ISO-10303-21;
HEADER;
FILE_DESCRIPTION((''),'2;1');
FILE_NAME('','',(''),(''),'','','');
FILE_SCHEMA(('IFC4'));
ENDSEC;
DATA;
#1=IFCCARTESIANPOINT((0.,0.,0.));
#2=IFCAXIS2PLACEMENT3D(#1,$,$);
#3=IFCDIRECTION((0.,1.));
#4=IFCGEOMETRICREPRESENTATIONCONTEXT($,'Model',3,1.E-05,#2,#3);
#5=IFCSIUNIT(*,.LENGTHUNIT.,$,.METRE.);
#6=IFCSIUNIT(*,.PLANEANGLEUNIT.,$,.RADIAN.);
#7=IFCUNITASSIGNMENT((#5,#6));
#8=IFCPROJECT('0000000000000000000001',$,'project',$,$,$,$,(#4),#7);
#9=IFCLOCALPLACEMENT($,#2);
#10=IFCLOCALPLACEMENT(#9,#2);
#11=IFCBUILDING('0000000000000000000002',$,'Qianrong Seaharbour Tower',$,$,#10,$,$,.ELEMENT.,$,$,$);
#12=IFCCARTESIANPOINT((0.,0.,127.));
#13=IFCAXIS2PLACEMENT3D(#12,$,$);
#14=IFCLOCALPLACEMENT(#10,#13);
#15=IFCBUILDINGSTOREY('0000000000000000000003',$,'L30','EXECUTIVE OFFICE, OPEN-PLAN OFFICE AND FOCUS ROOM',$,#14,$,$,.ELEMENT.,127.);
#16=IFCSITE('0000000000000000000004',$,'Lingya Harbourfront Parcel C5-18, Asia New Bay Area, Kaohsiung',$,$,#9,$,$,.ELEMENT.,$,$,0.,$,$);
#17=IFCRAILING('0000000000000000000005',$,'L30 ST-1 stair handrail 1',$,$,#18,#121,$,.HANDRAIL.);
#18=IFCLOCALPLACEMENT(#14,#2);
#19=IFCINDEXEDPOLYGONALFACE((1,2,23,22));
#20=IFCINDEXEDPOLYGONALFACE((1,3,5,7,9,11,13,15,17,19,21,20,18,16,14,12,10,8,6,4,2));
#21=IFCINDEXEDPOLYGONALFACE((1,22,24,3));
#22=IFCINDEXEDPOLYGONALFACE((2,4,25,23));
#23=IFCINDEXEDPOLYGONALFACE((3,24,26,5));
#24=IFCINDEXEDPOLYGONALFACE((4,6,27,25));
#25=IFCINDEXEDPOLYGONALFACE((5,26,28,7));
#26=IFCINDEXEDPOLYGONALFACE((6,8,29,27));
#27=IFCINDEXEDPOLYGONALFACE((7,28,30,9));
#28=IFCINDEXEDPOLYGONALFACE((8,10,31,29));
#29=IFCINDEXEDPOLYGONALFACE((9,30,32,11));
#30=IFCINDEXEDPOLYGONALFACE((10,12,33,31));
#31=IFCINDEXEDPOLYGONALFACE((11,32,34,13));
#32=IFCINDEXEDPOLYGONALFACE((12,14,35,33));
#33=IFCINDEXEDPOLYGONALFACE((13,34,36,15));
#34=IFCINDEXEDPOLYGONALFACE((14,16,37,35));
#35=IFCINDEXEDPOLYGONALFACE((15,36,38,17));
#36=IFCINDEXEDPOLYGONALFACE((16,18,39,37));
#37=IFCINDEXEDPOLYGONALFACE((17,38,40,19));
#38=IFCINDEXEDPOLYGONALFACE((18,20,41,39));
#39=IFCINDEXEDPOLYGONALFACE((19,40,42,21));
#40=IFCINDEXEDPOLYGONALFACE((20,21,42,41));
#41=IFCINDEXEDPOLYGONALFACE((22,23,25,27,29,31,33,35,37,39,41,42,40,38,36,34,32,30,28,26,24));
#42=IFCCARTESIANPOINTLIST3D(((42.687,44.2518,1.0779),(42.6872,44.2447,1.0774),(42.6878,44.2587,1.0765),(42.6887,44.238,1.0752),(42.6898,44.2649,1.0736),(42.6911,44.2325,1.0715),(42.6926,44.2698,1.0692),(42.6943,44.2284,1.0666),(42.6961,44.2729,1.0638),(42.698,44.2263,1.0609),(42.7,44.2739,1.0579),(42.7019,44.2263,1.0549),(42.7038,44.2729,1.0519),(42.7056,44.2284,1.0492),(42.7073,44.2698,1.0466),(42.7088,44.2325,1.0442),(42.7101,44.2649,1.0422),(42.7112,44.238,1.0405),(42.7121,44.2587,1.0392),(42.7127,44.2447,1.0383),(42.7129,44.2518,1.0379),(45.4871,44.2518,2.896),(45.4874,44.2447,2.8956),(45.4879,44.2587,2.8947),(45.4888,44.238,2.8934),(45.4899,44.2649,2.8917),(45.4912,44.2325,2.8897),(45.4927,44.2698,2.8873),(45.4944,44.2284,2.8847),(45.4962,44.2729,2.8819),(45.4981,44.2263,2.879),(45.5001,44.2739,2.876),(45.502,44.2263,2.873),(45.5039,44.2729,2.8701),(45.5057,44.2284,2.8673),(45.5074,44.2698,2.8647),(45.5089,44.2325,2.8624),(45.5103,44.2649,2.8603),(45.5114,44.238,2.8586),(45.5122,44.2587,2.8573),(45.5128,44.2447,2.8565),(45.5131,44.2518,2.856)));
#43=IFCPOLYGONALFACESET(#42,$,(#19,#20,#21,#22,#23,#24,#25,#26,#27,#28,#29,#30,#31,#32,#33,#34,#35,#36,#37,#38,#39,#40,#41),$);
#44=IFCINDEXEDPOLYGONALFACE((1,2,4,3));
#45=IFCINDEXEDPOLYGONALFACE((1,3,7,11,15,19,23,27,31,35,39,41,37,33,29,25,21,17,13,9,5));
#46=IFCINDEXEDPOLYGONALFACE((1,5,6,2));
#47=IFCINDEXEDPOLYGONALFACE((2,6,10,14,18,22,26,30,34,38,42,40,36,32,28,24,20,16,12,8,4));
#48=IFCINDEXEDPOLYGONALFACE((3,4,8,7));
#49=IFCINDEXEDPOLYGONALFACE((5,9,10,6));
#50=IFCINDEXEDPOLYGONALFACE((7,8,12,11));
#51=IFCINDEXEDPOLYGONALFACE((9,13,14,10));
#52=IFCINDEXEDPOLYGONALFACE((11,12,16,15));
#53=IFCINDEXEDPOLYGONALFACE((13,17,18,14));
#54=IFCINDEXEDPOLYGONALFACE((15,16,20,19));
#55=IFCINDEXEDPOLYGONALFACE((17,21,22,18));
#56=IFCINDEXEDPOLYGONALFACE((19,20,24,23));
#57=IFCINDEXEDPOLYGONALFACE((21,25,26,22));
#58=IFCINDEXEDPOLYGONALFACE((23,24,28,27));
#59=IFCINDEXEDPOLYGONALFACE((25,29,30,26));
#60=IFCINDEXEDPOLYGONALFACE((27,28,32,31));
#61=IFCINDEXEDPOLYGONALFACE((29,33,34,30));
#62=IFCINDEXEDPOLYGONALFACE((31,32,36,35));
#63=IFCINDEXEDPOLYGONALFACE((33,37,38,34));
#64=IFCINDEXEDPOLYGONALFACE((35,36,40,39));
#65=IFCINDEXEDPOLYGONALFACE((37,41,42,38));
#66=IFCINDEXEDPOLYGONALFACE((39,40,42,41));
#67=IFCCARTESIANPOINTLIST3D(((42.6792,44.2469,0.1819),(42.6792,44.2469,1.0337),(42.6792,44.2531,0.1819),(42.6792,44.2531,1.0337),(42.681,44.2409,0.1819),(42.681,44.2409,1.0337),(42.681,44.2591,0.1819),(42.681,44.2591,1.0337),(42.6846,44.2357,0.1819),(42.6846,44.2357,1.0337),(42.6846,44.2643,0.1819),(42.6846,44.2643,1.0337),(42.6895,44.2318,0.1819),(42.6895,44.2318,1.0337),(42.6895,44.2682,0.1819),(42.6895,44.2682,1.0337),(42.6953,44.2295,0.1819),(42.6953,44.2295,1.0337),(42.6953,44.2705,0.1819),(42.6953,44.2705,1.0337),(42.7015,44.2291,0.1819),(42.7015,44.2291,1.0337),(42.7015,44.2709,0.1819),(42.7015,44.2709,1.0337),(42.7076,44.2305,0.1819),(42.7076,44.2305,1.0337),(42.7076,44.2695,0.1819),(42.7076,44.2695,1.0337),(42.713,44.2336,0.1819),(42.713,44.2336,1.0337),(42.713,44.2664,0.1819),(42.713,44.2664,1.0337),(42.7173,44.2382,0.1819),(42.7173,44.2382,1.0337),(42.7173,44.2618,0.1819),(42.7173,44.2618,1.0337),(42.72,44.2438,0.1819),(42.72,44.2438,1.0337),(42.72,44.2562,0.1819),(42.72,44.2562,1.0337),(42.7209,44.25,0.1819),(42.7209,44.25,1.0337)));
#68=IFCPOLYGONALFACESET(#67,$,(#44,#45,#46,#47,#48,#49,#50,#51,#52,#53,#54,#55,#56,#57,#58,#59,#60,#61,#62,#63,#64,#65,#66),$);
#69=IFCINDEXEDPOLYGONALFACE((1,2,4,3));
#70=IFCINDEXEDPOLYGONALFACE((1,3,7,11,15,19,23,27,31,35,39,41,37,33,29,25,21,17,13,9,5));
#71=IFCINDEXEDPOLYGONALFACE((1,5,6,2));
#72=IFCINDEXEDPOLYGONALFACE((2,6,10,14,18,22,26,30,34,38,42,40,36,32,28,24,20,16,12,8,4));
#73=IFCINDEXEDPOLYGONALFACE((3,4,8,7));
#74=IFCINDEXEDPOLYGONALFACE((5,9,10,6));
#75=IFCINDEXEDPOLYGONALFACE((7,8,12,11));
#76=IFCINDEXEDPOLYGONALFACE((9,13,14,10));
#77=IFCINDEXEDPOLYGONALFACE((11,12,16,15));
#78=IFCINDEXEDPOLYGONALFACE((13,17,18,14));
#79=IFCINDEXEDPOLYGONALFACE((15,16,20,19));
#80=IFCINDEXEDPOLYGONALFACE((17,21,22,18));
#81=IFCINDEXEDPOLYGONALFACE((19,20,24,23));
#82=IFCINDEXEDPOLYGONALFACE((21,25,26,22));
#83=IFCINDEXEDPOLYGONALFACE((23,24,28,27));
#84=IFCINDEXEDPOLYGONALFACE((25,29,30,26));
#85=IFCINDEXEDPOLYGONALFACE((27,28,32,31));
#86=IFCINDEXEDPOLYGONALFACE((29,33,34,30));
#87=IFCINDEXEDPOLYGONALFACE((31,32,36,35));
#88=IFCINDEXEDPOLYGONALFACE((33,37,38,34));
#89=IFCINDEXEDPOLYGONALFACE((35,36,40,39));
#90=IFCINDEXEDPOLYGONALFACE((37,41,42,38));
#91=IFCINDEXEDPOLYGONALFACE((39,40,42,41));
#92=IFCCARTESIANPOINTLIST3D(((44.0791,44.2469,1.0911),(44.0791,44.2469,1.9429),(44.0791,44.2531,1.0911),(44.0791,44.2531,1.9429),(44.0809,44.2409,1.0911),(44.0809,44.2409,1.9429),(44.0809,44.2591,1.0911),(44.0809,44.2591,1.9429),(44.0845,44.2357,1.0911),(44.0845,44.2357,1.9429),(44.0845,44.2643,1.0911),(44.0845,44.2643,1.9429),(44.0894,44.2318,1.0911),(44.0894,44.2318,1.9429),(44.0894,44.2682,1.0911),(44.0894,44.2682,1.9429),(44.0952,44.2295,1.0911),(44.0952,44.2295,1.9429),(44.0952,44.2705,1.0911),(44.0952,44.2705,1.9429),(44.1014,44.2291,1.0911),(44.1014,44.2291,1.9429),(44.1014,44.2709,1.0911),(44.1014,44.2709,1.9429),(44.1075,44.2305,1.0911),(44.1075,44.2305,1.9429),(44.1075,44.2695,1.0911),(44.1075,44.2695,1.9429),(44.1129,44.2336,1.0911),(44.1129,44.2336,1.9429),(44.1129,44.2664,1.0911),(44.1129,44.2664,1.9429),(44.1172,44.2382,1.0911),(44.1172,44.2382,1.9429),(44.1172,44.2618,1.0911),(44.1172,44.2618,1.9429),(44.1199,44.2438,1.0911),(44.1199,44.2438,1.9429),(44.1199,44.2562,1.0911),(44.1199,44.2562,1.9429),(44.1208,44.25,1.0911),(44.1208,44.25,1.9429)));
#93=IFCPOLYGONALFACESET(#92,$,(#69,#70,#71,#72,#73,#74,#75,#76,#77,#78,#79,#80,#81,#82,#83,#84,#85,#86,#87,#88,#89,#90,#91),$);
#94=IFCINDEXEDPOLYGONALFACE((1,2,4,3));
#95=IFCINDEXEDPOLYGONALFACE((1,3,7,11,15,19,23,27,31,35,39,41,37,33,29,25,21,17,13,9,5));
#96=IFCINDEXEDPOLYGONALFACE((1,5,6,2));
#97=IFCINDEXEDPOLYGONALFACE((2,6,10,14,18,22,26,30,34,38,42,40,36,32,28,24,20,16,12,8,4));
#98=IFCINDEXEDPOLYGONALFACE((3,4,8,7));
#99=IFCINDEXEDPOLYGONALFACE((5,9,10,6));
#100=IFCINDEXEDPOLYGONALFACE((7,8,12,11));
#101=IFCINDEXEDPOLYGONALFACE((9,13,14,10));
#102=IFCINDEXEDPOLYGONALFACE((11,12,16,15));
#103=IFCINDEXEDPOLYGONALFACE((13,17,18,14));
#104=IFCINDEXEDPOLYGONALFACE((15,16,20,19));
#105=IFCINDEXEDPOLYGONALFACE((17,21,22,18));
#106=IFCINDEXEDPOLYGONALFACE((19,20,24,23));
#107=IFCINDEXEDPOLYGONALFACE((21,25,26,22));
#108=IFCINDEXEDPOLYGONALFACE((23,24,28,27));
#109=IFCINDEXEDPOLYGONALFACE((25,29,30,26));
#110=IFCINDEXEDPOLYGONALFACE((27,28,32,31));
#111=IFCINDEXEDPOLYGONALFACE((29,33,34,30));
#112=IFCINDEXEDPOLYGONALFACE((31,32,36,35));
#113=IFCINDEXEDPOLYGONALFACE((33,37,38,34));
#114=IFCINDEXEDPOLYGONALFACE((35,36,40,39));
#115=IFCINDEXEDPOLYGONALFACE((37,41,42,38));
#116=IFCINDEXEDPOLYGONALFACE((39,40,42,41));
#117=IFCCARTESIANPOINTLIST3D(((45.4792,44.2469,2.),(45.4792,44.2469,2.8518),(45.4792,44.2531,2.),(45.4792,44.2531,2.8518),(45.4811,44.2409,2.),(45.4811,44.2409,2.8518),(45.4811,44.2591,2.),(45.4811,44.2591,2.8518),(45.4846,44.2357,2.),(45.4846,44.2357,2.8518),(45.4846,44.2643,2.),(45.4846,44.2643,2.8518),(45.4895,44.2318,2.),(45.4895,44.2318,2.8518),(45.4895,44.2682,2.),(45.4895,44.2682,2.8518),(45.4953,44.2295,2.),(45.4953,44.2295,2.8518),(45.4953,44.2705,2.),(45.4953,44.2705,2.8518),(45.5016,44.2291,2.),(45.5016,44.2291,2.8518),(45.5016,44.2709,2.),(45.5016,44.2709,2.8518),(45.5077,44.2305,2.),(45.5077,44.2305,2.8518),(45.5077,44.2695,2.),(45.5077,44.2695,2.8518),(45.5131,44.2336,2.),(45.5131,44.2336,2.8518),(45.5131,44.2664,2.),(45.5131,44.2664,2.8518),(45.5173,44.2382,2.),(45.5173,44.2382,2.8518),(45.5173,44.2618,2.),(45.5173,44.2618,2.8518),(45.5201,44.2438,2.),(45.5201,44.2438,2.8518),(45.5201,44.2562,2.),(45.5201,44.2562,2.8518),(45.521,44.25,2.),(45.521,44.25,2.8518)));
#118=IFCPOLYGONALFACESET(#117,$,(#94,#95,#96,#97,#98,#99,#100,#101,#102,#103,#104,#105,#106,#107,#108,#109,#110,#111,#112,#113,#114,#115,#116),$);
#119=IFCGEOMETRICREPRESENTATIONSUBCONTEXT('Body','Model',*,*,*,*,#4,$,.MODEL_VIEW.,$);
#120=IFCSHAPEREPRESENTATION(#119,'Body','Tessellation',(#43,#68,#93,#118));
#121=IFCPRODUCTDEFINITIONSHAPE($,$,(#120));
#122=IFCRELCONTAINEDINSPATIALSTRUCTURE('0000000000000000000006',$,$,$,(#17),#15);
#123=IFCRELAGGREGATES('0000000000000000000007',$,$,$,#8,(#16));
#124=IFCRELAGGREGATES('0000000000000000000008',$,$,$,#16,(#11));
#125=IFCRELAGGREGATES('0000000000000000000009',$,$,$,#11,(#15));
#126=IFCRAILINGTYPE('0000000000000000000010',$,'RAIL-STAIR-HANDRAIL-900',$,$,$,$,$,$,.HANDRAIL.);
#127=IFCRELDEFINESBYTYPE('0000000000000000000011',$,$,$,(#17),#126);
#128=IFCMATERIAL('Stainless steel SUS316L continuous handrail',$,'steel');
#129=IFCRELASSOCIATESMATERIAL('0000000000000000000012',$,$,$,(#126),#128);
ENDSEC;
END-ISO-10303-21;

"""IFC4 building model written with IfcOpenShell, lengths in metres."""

from ifc_helpers import new_model, si_unit, direction, frame, origin, origin_2d, place, context, subcontext, project, spatial, circle, extrude, material, type_object, element, save


model = new_model("IFC4")

# Units and contexts
model_context = context("Model", 3, precision=1e-05, world=origin(), true_north=direction((0.0, 1.0)))
body_context = subcontext(model_context, "Body", "Model", "MODEL_VIEW")
ifc_project = project(units=[si_unit("LENGTHUNIT", "METRE"), si_unit("PLANEANGLEUNIT", "RADIAN")], contexts=[model_context])

# Site, building, storey
site_placement = place(None, origin())
site = spatial("IfcSite", under=ifc_project, at=site_placement, Name="Lingya Harbourfront Parcel C5-18, Asia New Bay Area, Kaohsiung", CompositionType="ELEMENT", RefElevation=0.0)
building_placement = place(site_placement, origin())
building = spatial("IfcBuilding", under=site, at=building_placement, Name="Qianrong Seaharbour Tower", CompositionType="ELEMENT")
storey_placement = place(building_placement, frame((0.0, 0.0, 127.0)))
storey = spatial("IfcBuildingStorey", under=building, at=storey_placement, Name="L30", Description="EXECUTIVE OFFICE, OPEN-PLAN OFFICE AND FOCUS ROOM", CompositionType="ELEMENT", Elevation=127.0)

# Railing
ifc_material_1 = material(Name="Stainless steel SUS316L continuous handrail", Category="steel")
railing_type_1 = type_object("IfcRailingType", Name="RAIL-STAIR-HANDRAIL-900", PredefinedType="HANDRAIL", material=ifc_material_1)
railing_1_placement = place(storey_placement, frame((42.7, 44.25, 0.1819)))
element("IfcRailing", 1, at=railing_1_placement, inside=storey, type_object=railing_type_1, Name="L30 ST-1 stair handrail 1", PredefinedType="HANDRAIL", context=body_context, shape_type="SweptSolid", body=[
    extrude(circle(Radius=0.0239, at=origin_2d()), frame((0.0, 0.0, 0.876), z_axis=(0.838706, 0.0, 0.544585), x_axis=(0.0, 1.0, 0.0)), (0.0, 0.0, 1.0), 3.3386),
    extrude(circle(Radius=0.021, at=origin_2d()), origin(), (0.0, 0.0, 1.0), 0.8518),
    extrude(circle(Radius=0.021, at=origin_2d()), frame((1.3999, 0.0, 0.9092)), (0.0, 0.0, 1.0), 0.8518),
    extrude(circle(Radius=0.021, at=origin_2d()), frame((2.8, 0.0, 1.8181)), (0.0, 0.0, 1.0), 0.8518),
])

save(model, "model.ifc")
